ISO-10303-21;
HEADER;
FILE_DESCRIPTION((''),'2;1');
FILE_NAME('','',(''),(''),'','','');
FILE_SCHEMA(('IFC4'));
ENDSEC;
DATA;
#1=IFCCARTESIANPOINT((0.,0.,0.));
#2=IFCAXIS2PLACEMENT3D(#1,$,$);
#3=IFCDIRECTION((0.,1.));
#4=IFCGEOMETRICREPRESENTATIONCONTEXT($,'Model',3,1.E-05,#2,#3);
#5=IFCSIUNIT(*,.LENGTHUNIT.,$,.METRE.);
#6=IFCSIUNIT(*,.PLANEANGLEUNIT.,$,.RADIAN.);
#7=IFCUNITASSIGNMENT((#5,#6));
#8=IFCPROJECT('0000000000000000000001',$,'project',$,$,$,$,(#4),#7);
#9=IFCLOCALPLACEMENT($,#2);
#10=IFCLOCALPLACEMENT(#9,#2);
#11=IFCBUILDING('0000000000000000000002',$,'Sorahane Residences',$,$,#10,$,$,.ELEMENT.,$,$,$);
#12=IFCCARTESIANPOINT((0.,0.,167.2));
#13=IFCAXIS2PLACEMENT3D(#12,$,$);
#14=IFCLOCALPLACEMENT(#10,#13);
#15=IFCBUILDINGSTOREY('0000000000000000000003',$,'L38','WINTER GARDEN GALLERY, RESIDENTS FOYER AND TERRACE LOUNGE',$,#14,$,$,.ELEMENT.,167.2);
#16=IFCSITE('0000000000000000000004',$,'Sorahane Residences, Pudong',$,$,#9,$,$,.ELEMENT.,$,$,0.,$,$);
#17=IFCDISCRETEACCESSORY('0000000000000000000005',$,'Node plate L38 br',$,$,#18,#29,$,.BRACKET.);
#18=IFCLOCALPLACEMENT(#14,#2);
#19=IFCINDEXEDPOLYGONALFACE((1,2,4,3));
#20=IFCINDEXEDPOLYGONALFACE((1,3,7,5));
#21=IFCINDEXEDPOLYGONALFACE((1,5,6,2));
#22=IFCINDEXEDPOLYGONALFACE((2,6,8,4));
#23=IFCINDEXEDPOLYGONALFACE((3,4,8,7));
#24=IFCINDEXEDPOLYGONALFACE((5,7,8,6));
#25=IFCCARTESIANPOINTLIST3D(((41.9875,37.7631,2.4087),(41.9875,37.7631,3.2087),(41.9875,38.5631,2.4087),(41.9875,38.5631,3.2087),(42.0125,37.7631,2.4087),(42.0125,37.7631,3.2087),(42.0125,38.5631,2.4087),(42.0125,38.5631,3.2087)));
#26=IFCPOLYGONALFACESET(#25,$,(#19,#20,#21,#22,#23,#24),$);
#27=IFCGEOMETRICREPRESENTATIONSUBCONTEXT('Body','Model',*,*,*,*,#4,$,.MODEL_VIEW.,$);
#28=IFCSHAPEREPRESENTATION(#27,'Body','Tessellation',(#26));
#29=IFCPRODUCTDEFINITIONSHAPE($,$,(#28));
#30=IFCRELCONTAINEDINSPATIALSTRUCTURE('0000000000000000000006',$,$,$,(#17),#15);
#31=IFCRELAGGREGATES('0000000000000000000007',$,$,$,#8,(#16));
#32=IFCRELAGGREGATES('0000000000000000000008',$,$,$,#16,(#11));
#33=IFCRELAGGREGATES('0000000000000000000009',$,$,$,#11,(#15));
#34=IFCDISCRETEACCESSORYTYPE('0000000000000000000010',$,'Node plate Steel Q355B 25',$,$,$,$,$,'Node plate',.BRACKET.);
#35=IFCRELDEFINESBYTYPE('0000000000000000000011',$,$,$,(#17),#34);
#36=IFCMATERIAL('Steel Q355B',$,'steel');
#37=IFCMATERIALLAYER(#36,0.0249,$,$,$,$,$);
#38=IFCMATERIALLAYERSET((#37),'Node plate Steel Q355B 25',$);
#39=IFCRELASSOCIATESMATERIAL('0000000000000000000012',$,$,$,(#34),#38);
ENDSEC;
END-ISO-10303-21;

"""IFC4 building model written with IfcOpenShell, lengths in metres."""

from ifc_helpers import new_model, si_unit, direction, frame, origin, origin_2d, place, context, subcontext, project, spatial, rectangle, extrude, material, layer, layer_set, type_object, element, save


model = new_model("IFC4")

# Units and contexts
model_context = context("Model", 3, precision=1e-05, world=origin(), true_north=direction((0.0, 1.0)))
body_context = subcontext(model_context, "Body", "Model", "MODEL_VIEW")
ifc_project = project(units=[si_unit("LENGTHUNIT", "METRE"), si_unit("PLANEANGLEUNIT", "RADIAN")], contexts=[model_context])

# Site, building, storey
site_placement = place(None, origin())
site = spatial("IfcSite", under=ifc_project, at=site_placement, Name="Sorahane Residences, Pudong", CompositionType="ELEMENT", RefElevation=0.0)
building_placement = place(site_placement, origin())
building = spatial("IfcBuilding", under=site, at=building_placement, Name="Sorahane Residences", CompositionType="ELEMENT")
storey_placement = place(building_placement, frame((0.0, 0.0, 167.2)))
storey = spatial("IfcBuildingStorey", under=building, at=storey_placement, Name="L38", Description="WINTER GARDEN GALLERY, RESIDENTS FOYER AND TERRACE LOUNGE", CompositionType="ELEMENT", Elevation=167.2)

# Discrete accessory
ifc_material_1 = material(Name="Steel Q355B", Category="steel")
ifc_layer_1 = layer(ifc_material_1, 0.0249)
ifc_layer_set_1 = layer_set([ifc_layer_1], Name="Node plate Steel Q355B 25")
discrete_accessory_type = type_object("IfcDiscreteAccessoryType", Name="Node plate Steel Q355B 25", ElementType="Node plate", PredefinedType="BRACKET", material=ifc_layer_set_1)
for number, where, z_axis, x_axis, name in (
    (1, (42.0, 38.1631, 2.4087), (0.0, 0.0, 1.0), (0.0, 1.0, 0.0), "Node plate L38 br"),
):
    element("IfcDiscreteAccessory", number, at=place(storey_placement, frame(where, z_axis=z_axis, x_axis=x_axis)), inside=storey, type_object=discrete_accessory_type, Name=name, PredefinedType="BRACKET", context=body_context, shape_type="SweptSolid", body=[
        extrude(rectangle(XDim=0.8, YDim=0.0249, at=origin_2d()), origin(), (0.0, 0.0, 1.0), 0.8),
    ])

save(model, "model.ifc")
